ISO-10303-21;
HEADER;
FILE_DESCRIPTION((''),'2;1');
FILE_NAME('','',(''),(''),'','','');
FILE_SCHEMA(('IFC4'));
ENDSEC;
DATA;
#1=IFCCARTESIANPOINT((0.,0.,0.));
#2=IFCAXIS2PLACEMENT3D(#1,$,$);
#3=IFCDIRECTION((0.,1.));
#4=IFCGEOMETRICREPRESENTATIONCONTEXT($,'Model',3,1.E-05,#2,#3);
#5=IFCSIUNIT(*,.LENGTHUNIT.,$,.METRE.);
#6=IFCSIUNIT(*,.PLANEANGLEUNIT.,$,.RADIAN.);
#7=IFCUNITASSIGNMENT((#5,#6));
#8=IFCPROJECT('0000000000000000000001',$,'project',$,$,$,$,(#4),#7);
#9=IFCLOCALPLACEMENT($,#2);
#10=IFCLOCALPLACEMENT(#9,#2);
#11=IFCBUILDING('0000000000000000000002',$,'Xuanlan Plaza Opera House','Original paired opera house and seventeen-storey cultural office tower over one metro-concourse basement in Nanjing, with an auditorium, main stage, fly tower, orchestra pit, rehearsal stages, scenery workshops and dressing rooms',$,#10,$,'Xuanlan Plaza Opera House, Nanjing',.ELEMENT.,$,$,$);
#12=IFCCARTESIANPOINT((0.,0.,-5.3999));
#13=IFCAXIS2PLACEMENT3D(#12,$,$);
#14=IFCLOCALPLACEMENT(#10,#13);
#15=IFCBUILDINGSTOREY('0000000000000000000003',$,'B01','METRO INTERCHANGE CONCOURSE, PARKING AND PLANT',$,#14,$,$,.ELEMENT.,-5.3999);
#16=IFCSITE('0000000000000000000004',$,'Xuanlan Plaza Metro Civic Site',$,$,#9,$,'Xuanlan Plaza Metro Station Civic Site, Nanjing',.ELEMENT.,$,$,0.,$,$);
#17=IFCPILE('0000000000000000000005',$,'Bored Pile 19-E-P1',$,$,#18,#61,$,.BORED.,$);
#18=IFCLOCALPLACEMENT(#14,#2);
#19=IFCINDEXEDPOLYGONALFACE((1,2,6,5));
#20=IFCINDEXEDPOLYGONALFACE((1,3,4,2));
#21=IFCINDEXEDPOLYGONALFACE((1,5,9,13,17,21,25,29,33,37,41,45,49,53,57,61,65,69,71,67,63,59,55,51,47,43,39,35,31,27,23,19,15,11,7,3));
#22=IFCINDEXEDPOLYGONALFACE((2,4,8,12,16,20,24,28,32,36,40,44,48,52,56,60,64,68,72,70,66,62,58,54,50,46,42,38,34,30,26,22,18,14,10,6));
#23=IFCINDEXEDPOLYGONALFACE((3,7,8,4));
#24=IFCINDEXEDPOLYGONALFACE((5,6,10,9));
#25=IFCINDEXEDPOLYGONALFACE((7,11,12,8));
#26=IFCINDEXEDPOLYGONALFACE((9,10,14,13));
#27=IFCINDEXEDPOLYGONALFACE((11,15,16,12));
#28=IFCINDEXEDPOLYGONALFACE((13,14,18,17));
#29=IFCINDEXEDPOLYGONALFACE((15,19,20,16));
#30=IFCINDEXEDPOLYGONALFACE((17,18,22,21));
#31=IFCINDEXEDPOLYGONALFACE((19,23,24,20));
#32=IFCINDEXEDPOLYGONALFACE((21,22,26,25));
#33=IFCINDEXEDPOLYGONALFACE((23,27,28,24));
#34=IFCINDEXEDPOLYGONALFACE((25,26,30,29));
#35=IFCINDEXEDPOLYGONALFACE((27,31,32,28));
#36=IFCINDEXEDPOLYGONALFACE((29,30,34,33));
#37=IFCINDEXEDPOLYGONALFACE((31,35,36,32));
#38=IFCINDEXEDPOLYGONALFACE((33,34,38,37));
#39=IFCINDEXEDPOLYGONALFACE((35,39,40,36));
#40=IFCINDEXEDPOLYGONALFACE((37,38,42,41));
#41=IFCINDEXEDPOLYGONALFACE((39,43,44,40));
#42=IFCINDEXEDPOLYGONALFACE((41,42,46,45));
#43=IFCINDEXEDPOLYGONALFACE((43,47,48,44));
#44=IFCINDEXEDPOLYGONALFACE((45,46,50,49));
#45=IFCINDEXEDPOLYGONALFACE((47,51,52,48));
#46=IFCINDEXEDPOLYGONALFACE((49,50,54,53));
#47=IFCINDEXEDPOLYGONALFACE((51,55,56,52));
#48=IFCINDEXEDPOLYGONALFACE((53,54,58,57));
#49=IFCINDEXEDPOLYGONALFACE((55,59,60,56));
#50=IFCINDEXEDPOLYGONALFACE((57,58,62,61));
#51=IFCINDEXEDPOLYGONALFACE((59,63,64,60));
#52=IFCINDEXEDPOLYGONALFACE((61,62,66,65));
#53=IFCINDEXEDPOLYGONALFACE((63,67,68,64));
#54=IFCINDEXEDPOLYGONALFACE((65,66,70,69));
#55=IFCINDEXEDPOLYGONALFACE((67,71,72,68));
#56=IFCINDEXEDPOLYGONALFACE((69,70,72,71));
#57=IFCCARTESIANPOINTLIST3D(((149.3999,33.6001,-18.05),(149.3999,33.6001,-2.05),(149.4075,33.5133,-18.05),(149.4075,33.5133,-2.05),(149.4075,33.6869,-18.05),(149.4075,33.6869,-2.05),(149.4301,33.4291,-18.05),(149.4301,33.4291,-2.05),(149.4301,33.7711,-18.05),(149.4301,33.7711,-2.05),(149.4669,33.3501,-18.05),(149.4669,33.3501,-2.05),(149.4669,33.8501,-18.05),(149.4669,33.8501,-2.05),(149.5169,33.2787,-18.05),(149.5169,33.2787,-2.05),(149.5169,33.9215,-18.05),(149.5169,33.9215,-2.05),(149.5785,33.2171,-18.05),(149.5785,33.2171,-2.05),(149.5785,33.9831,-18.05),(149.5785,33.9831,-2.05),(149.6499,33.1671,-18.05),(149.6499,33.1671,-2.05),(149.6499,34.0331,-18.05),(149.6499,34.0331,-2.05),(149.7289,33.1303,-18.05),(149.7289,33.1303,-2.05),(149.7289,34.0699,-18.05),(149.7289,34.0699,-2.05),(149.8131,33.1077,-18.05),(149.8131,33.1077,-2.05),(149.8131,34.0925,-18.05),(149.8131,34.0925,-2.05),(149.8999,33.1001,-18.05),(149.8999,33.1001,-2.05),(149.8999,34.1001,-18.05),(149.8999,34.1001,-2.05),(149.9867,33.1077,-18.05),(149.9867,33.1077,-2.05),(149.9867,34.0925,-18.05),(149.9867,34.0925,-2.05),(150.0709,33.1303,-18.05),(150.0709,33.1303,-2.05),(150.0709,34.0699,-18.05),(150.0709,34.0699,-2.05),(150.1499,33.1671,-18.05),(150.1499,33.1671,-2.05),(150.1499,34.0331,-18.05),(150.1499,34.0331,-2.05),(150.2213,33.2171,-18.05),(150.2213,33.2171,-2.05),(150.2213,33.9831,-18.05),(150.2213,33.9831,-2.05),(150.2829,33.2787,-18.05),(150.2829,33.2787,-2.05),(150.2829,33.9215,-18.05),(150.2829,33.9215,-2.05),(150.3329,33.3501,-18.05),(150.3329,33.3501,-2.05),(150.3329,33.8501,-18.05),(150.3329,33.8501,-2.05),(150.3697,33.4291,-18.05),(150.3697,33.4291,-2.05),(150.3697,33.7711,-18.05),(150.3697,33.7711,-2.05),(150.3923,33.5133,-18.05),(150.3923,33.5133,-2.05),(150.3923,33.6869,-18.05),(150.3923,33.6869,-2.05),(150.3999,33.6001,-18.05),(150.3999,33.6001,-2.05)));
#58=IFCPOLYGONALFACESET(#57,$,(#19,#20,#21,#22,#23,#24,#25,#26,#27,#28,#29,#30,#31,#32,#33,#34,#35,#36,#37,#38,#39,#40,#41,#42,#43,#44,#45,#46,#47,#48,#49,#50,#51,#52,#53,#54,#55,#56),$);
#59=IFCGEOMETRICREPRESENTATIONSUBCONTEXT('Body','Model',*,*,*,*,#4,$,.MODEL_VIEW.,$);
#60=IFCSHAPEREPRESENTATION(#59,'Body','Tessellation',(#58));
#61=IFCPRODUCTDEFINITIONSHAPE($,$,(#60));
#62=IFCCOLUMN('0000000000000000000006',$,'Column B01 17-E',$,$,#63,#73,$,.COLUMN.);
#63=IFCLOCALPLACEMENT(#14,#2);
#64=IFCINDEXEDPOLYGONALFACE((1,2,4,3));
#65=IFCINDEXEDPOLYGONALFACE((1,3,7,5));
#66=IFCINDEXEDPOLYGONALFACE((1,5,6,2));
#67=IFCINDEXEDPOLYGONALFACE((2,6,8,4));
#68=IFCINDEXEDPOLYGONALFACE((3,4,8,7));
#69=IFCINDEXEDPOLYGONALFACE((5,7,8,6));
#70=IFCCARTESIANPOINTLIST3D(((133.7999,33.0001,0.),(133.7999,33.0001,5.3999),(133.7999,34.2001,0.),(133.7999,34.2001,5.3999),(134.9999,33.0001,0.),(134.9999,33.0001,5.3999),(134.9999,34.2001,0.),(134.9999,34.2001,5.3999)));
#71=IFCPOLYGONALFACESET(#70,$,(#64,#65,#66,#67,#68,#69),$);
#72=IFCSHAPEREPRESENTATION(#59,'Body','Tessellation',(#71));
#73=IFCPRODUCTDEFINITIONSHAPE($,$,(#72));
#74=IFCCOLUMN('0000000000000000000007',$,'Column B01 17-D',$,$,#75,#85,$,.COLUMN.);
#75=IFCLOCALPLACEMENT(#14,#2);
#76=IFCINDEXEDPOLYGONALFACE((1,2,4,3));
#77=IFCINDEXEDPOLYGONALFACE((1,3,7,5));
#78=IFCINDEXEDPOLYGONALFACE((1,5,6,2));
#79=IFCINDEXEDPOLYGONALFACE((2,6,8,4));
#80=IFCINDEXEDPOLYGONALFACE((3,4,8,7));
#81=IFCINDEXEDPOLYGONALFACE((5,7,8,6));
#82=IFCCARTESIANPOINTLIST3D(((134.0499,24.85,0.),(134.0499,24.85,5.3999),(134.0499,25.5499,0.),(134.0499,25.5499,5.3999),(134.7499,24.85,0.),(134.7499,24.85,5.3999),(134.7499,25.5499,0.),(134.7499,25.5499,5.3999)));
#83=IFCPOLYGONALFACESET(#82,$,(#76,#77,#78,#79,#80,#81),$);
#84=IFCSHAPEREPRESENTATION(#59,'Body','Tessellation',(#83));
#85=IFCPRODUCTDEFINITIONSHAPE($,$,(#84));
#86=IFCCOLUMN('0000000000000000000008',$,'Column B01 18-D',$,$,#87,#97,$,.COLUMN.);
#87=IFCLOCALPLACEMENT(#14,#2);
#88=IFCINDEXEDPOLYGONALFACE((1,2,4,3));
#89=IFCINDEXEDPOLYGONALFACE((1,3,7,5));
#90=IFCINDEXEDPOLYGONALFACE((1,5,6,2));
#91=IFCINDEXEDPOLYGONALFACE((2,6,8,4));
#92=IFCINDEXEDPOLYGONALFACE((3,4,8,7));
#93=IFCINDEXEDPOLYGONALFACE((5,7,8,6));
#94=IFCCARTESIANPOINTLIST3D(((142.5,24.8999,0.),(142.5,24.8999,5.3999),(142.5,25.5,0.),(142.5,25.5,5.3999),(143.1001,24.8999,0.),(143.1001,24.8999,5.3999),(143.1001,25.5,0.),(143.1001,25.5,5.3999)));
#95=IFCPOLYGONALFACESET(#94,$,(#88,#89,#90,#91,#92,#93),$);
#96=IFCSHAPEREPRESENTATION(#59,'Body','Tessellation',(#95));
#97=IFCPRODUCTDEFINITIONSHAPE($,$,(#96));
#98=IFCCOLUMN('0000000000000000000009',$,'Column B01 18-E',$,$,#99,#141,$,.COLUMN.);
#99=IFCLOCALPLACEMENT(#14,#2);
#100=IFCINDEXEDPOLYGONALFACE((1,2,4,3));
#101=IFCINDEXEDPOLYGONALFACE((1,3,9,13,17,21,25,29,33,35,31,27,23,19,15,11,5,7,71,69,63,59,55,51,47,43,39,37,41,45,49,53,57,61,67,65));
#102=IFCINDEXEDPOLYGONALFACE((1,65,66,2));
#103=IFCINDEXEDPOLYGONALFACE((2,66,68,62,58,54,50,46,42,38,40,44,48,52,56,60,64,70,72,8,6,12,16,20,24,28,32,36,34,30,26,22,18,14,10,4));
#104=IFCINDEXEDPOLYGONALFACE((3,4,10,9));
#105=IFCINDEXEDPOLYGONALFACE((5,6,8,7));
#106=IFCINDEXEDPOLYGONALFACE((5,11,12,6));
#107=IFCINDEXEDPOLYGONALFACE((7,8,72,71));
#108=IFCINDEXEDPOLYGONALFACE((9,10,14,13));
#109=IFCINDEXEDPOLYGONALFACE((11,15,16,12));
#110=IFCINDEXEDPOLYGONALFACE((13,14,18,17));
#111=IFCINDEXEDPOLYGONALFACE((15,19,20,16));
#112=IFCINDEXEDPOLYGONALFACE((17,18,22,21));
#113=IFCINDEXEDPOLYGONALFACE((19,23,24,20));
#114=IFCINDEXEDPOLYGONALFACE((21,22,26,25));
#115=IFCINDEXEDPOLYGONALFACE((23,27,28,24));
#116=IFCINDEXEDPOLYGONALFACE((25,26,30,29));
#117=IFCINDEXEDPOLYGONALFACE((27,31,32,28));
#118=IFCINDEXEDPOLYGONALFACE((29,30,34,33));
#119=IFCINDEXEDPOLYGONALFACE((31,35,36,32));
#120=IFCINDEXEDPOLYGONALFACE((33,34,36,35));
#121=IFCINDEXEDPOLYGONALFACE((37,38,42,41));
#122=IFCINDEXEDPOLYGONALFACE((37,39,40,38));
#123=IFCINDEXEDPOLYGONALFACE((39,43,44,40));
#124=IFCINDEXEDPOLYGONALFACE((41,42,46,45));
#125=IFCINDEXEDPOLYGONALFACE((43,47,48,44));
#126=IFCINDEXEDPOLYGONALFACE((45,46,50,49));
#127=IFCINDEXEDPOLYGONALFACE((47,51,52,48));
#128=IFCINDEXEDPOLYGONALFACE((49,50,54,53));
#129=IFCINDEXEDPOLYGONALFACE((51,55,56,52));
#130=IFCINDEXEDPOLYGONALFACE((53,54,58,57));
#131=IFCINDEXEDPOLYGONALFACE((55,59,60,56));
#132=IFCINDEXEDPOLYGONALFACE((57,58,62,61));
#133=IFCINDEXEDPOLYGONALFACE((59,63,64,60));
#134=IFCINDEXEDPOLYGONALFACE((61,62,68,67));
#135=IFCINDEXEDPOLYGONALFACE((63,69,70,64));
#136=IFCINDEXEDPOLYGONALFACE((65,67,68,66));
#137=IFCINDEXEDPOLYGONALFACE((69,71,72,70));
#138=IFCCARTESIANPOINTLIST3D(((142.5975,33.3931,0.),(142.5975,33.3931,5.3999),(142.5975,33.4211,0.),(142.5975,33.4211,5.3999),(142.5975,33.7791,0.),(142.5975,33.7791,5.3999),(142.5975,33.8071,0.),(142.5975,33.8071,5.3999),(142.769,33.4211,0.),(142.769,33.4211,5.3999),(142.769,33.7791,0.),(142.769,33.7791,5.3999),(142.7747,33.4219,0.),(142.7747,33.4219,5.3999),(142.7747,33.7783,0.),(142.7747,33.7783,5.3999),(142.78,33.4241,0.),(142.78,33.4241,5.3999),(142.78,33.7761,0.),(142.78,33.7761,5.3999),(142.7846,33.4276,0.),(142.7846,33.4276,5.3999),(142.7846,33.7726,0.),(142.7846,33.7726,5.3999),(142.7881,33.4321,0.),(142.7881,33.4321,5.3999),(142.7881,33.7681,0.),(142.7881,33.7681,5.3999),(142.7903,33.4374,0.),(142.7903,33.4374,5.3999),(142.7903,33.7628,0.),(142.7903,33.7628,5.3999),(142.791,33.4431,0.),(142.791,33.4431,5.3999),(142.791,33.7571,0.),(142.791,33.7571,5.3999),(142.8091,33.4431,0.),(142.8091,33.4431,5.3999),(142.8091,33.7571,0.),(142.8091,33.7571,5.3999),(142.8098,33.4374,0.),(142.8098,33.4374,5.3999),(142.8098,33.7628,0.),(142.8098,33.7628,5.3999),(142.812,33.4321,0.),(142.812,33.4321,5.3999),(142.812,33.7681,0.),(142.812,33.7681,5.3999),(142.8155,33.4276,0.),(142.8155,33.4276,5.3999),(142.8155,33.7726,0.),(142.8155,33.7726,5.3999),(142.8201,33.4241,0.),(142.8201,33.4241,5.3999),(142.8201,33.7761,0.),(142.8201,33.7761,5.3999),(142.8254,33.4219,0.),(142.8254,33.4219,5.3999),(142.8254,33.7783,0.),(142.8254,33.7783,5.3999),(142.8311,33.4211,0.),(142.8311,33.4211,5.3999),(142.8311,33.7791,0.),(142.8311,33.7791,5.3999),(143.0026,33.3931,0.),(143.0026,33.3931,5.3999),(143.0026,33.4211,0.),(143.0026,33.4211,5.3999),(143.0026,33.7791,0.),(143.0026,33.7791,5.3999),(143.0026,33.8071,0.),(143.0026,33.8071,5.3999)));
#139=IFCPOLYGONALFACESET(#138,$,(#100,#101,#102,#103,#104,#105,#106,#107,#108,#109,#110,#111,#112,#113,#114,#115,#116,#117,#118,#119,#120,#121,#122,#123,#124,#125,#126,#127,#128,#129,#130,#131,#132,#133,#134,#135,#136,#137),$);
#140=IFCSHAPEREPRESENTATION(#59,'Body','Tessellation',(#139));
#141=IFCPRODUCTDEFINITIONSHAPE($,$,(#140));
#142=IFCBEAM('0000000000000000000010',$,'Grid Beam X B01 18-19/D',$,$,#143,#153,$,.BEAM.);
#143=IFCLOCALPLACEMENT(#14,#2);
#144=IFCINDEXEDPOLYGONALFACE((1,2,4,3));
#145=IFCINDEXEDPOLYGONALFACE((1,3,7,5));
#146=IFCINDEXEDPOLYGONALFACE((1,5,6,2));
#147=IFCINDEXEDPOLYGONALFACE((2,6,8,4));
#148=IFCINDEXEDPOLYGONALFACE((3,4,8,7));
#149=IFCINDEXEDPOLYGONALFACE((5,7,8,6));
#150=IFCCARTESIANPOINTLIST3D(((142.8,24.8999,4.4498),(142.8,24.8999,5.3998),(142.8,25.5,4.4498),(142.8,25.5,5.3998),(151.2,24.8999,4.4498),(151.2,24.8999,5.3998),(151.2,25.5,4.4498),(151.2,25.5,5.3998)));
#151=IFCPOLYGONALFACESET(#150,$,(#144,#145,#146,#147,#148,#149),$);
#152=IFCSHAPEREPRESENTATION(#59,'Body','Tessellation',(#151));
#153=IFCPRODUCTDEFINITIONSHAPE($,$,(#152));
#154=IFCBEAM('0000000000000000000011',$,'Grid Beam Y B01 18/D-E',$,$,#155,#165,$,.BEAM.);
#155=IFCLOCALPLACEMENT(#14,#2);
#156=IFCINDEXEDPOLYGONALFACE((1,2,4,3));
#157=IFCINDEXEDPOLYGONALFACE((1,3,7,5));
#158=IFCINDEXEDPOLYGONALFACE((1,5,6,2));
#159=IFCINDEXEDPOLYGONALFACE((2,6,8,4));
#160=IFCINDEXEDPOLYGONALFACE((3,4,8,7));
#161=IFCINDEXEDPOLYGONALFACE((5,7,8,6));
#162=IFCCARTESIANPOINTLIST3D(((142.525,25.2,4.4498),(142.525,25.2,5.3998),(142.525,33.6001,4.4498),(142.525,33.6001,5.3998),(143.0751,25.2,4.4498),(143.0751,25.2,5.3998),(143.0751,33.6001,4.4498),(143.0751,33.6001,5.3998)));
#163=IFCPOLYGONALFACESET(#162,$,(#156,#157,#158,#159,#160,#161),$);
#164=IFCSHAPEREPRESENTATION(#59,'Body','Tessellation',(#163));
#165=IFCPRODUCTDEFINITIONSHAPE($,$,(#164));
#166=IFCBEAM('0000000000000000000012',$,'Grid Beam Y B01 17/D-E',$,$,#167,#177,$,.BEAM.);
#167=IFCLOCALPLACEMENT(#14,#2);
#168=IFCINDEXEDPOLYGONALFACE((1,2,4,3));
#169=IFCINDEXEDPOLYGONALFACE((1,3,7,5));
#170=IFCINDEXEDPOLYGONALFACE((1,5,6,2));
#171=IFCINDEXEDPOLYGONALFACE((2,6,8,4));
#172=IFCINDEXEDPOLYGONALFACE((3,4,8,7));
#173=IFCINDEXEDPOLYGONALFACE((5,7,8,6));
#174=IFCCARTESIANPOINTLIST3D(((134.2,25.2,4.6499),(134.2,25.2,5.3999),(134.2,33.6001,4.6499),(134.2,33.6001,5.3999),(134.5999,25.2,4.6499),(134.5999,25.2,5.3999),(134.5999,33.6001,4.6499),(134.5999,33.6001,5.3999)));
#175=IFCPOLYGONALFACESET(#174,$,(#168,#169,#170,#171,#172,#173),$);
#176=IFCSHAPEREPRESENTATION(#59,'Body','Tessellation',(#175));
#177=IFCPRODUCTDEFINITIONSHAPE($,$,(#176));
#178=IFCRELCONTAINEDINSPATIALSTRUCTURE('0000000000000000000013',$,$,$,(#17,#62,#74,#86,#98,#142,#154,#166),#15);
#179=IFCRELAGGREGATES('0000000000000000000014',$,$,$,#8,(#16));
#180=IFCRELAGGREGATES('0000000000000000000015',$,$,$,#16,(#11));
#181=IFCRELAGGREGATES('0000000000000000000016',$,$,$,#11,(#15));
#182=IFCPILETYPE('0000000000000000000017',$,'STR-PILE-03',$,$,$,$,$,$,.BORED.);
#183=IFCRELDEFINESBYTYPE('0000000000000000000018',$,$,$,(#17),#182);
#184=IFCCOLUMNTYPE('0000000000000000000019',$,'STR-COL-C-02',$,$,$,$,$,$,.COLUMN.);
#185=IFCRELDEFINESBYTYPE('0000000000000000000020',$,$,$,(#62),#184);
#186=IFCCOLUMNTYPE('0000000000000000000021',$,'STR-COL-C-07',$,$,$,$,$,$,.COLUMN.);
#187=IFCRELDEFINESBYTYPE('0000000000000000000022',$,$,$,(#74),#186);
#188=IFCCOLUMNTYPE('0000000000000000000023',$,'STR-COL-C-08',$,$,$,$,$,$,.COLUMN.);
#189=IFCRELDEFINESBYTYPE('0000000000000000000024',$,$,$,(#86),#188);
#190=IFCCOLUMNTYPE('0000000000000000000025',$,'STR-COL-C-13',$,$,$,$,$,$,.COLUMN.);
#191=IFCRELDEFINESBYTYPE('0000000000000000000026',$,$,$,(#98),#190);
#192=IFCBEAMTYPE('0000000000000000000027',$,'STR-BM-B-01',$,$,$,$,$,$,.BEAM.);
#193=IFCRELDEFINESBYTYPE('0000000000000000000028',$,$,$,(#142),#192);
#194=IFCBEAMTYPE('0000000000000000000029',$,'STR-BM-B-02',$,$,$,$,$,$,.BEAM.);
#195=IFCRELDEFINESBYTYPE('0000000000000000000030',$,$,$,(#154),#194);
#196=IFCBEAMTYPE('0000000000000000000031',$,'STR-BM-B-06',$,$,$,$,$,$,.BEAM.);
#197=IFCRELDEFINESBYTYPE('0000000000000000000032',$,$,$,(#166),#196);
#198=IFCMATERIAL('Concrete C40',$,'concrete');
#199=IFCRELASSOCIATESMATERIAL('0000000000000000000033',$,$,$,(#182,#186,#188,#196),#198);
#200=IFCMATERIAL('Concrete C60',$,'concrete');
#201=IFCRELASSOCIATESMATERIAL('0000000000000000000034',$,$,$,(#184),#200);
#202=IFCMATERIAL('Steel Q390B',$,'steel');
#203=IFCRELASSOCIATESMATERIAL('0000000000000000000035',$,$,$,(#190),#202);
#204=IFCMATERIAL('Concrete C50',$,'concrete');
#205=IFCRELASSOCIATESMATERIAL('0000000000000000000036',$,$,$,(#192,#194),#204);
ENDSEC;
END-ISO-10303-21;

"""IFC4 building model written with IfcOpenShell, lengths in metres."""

from ifc_helpers import new_model, si_unit, direction, frame, origin, origin_2d, place, context, subcontext, project, spatial, rectangle, circle, i_section, extrude, material, material_profile, profile_set, type_object, element, save


model = new_model("IFC4")

# Units and contexts
model_context = context("Model", 3, precision=1e-05, world=origin(), true_north=direction((0.0, 1.0)))
body_context = subcontext(model_context, "Body", "Model", "MODEL_VIEW")
ifc_project = project(units=[si_unit("LENGTHUNIT", "METRE"), si_unit("PLANEANGLEUNIT", "RADIAN")], contexts=[model_context])

# Site, building, storey
site_placement = place(None, origin())
site = spatial("IfcSite", under=ifc_project, at=site_placement, Name="Xuanlan Plaza Metro Civic Site", LongName="Xuanlan Plaza Metro Station Civic Site, Nanjing", CompositionType="ELEMENT", RefElevation=0.0)
building_placement = place(site_placement, origin())
building = spatial("IfcBuilding", under=site, at=building_placement, Name="Xuanlan Plaza Opera House", Description="Original paired opera house and seventeen-storey cultural office tower over one metro-concourse basement in Nanjing, with an auditorium, main stage, fly tower, orchestra pit, rehearsal stages, scenery workshops and dressing rooms", LongName="Xuanlan Plaza Opera House, Nanjing", CompositionType="ELEMENT")
storey_placement = place(building_placement, frame((0.0, 0.0, -5.3999)))
storey = spatial("IfcBuildingStorey", under=building, at=storey_placement, Name="B01", Description="METRO INTERCHANGE CONCOURSE, PARKING AND PLANT", CompositionType="ELEMENT", Elevation=-5.3999)

# Shared definitions
ifc_material_1 = material(Name="Concrete C50", Category="concrete")

# Pile
ifc_material_2 = material(Name="Concrete C40", Category="concrete")
ifc_material_profile_1 = material_profile(ifc_material_2, circle(Radius=0.5, at=origin_2d()), Name="PILE D1000")
ifc_profile_set_1 = profile_set([ifc_material_profile_1], Name="Concrete C40")
pile_type = type_object("IfcPileType", Name="STR-PILE-03", PredefinedType="BORED", material=ifc_profile_set_1)
for number, where, z_axis, x_axis, name in (
    (1, (149.8999, 33.6001, -2.05), (0.0, 0.0, -1.0), (1.0, 0.0, 0.0), "Bored Pile 19-E-P1"),
):
    element("IfcPile", number, at=place(storey_placement, frame(where, z_axis=z_axis, x_axis=x_axis)), inside=storey, type_object=pile_type, Name=name, PredefinedType="BORED", context=body_context, shape_type="SweptSolid", body=[
        extrude(circle(Radius=0.5, at=origin_2d()), origin(), (0.0, 0.0, 1.0), 16.0),
    ])

# Columns
ifc_material_3 = material(Name="Concrete C60", Category="concrete")
ifc_material_profile_2 = material_profile(ifc_material_3, rectangle(XDim=1.2, YDim=1.2, at=origin_2d()), Name="RC-COL 1200x1200")
ifc_profile_set_2 = profile_set([ifc_material_profile_2], Name="Concrete C60")
column_type_1 = type_object("IfcColumnType", Name="STR-COL-C-02", PredefinedType="COLUMN", material=ifc_profile_set_2)
column_1_placement = place(storey_placement, frame((134.3999, 33.6001, 0.0), z_axis=(0.0, 0.0, 1.0), x_axis=(1.0, 0.0, 0.0)))
element("IfcColumn", 2, at=column_1_placement, inside=storey, type_object=column_type_1, Name="Column B01 17-E", PredefinedType="COLUMN", context=body_context, shape_type="SweptSolid", body=[
    extrude(rectangle(XDim=1.2, YDim=1.2, at=origin_2d()), origin(), (0.0, 0.0, 1.0), 5.3999),
])
ifc_material_profile_3 = material_profile(ifc_material_2, rectangle(XDim=0.7, YDim=0.7, at=origin_2d()), Name="RC-COL 700x700")
ifc_profile_set_3 = profile_set([ifc_material_profile_3], Name="Concrete C40")
column_type_2 = type_object("IfcColumnType", Name="STR-COL-C-07", PredefinedType="COLUMN", material=ifc_profile_set_3)
column_2_placement = place(storey_placement, frame((134.3999, 25.2, 0.0), z_axis=(0.0, 0.0, 1.0), x_axis=(1.0, 0.0, 0.0)))
element("IfcColumn", 3, at=column_2_placement, inside=storey, type_object=column_type_2, Name="Column B01 17-D", PredefinedType="COLUMN", context=body_context, shape_type="SweptSolid", body=[
    extrude(rectangle(XDim=0.7, YDim=0.7, at=origin_2d()), origin(), (0.0, 0.0, 1.0), 5.3999),
])
ifc_material_profile_4 = material_profile(ifc_material_2, rectangle(XDim=0.6001, YDim=0.6001, at=origin_2d()), Name="RC-COL 600x600")
ifc_profile_set_4 = profile_set([ifc_material_profile_4], Name="Concrete C40")
column_type_3 = type_object("IfcColumnType", Name="STR-COL-C-08", PredefinedType="COLUMN", material=ifc_profile_set_4)
column_3_placement = place(storey_placement, frame((142.8, 25.2, 0.0), z_axis=(0.0, 0.0, 1.0), x_axis=(1.0, 0.0, 0.0)))
element("IfcColumn", 4, at=column_3_placement, inside=storey, type_object=column_type_3, Name="Column B01 18-D", PredefinedType="COLUMN", context=body_context, shape_type="SweptSolid", body=[
    extrude(rectangle(XDim=0.6001, YDim=0.6001, at=origin_2d()), origin(), (0.0, 0.0, 1.0), 5.3999),
])
ifc_material_4 = material(Name="Steel Q390B", Category="steel")
ifc_material_profile_5 = material_profile(ifc_material_4, i_section(OverallWidth=0.405, OverallDepth=0.4141, WebThickness=0.0181, FlangeThickness=0.0281, FilletRadius=0.022, at=origin_2d()), Name="HW 414x405x18x28")
ifc_profile_set_5 = profile_set([ifc_material_profile_5], Name="Steel Q390B")
column_type_4 = type_object("IfcColumnType", Name="STR-COL-C-13", PredefinedType="COLUMN", material=ifc_profile_set_5)
column_4_placement = place(storey_placement, frame((142.8, 33.6001, 0.0), z_axis=(0.0, 0.0, 1.0), x_axis=(1.0, 0.0, 0.0)))
element("IfcColumn", 5, at=column_4_placement, inside=storey, type_object=column_type_4, Name="Column B01 18-E", PredefinedType="COLUMN", context=body_context, shape_type="SweptSolid", body=[
    extrude(i_section(OverallWidth=0.405, OverallDepth=0.4141, WebThickness=0.0181, FlangeThickness=0.0281, FilletRadius=0.022, at=origin_2d()), origin(), (0.0, 0.0, 1.0), 5.3999),
])

# Beams
ifc_material_profile_6 = material_profile(ifc_material_1, rectangle(XDim=0.6001, YDim=0.95, at=origin_2d()), Name="RC-BM 600x950")
ifc_profile_set_6 = profile_set([ifc_material_profile_6], Name="Concrete C50")
beam_type_1 = type_object("IfcBeamType", Name="STR-BM-B-01", PredefinedType="BEAM", material=ifc_profile_set_6)
beam_1_placement = place(storey_placement, frame((142.8, 25.2, 4.9248), z_axis=(1.0, 0.0, 0.0), x_axis=(0.0, 1.0, 0.0)))
element("IfcBeam", 6, at=beam_1_placement, inside=storey, type_object=beam_type_1, Name="Grid Beam X B01 18-19/D", PredefinedType="BEAM", context=body_context, shape_type="SweptSolid", body=[
    extrude(rectangle(XDim=0.6001, YDim=0.95, at=origin_2d()), origin(), (0.0, 0.0, 1.0), 8.3999),
])
ifc_material_profile_7 = material_profile(ifc_material_1, rectangle(XDim=0.55, YDim=0.95, at=origin_2d()), Name="RC-BM 550x950")
ifc_profile_set_7 = profile_set([ifc_material_profile_7], Name="Concrete C50")
beam_type_2 = type_object("IfcBeamType", Name="STR-BM-B-02", PredefinedType="BEAM", material=ifc_profile_set_7)
beam_2_placement = place(storey_placement, frame((142.8, 25.2, 4.9248), z_axis=(0.0, 1.0, 0.0), x_axis=(-1.0, 0.0, 0.0)))
element("IfcBeam", 7, at=beam_2_placement, inside=storey, type_object=beam_type_2, Name="Grid Beam Y B01 18/D-E", PredefinedType="BEAM", context=body_context, shape_type="SweptSolid", body=[
    extrude(rectangle(XDim=0.55, YDim=0.95, at=origin_2d()), origin(), (0.0, 0.0, 1.0), 8.4001),
])
ifc_material_profile_8 = material_profile(ifc_material_2, rectangle(XDim=0.3999, YDim=0.75, at=origin_2d()), Name="RC-BM 400x750")
ifc_profile_set_8 = profile_set([ifc_material_profile_8], Name="Concrete C40")
beam_type_3 = type_object("IfcBeamType", Name="STR-BM-B-06", PredefinedType="BEAM", material=ifc_profile_set_8)
beam_3_placement = place(storey_placement, frame((134.3999, 25.2, 5.0249), z_axis=(0.0, 1.0, 0.0), x_axis=(-1.0, 0.0, 0.0)))
element("IfcBeam", 8, at=beam_3_placement, inside=storey, type_object=beam_type_3, Name="Grid Beam Y B01 17/D-E", PredefinedType="BEAM", context=body_context, shape_type="SweptSolid", body=[
    extrude(rectangle(XDim=0.3999, YDim=0.75, at=origin_2d()), origin(), (0.0, 0.0, 1.0), 8.4001),
])

save(model, "model.ifc")
